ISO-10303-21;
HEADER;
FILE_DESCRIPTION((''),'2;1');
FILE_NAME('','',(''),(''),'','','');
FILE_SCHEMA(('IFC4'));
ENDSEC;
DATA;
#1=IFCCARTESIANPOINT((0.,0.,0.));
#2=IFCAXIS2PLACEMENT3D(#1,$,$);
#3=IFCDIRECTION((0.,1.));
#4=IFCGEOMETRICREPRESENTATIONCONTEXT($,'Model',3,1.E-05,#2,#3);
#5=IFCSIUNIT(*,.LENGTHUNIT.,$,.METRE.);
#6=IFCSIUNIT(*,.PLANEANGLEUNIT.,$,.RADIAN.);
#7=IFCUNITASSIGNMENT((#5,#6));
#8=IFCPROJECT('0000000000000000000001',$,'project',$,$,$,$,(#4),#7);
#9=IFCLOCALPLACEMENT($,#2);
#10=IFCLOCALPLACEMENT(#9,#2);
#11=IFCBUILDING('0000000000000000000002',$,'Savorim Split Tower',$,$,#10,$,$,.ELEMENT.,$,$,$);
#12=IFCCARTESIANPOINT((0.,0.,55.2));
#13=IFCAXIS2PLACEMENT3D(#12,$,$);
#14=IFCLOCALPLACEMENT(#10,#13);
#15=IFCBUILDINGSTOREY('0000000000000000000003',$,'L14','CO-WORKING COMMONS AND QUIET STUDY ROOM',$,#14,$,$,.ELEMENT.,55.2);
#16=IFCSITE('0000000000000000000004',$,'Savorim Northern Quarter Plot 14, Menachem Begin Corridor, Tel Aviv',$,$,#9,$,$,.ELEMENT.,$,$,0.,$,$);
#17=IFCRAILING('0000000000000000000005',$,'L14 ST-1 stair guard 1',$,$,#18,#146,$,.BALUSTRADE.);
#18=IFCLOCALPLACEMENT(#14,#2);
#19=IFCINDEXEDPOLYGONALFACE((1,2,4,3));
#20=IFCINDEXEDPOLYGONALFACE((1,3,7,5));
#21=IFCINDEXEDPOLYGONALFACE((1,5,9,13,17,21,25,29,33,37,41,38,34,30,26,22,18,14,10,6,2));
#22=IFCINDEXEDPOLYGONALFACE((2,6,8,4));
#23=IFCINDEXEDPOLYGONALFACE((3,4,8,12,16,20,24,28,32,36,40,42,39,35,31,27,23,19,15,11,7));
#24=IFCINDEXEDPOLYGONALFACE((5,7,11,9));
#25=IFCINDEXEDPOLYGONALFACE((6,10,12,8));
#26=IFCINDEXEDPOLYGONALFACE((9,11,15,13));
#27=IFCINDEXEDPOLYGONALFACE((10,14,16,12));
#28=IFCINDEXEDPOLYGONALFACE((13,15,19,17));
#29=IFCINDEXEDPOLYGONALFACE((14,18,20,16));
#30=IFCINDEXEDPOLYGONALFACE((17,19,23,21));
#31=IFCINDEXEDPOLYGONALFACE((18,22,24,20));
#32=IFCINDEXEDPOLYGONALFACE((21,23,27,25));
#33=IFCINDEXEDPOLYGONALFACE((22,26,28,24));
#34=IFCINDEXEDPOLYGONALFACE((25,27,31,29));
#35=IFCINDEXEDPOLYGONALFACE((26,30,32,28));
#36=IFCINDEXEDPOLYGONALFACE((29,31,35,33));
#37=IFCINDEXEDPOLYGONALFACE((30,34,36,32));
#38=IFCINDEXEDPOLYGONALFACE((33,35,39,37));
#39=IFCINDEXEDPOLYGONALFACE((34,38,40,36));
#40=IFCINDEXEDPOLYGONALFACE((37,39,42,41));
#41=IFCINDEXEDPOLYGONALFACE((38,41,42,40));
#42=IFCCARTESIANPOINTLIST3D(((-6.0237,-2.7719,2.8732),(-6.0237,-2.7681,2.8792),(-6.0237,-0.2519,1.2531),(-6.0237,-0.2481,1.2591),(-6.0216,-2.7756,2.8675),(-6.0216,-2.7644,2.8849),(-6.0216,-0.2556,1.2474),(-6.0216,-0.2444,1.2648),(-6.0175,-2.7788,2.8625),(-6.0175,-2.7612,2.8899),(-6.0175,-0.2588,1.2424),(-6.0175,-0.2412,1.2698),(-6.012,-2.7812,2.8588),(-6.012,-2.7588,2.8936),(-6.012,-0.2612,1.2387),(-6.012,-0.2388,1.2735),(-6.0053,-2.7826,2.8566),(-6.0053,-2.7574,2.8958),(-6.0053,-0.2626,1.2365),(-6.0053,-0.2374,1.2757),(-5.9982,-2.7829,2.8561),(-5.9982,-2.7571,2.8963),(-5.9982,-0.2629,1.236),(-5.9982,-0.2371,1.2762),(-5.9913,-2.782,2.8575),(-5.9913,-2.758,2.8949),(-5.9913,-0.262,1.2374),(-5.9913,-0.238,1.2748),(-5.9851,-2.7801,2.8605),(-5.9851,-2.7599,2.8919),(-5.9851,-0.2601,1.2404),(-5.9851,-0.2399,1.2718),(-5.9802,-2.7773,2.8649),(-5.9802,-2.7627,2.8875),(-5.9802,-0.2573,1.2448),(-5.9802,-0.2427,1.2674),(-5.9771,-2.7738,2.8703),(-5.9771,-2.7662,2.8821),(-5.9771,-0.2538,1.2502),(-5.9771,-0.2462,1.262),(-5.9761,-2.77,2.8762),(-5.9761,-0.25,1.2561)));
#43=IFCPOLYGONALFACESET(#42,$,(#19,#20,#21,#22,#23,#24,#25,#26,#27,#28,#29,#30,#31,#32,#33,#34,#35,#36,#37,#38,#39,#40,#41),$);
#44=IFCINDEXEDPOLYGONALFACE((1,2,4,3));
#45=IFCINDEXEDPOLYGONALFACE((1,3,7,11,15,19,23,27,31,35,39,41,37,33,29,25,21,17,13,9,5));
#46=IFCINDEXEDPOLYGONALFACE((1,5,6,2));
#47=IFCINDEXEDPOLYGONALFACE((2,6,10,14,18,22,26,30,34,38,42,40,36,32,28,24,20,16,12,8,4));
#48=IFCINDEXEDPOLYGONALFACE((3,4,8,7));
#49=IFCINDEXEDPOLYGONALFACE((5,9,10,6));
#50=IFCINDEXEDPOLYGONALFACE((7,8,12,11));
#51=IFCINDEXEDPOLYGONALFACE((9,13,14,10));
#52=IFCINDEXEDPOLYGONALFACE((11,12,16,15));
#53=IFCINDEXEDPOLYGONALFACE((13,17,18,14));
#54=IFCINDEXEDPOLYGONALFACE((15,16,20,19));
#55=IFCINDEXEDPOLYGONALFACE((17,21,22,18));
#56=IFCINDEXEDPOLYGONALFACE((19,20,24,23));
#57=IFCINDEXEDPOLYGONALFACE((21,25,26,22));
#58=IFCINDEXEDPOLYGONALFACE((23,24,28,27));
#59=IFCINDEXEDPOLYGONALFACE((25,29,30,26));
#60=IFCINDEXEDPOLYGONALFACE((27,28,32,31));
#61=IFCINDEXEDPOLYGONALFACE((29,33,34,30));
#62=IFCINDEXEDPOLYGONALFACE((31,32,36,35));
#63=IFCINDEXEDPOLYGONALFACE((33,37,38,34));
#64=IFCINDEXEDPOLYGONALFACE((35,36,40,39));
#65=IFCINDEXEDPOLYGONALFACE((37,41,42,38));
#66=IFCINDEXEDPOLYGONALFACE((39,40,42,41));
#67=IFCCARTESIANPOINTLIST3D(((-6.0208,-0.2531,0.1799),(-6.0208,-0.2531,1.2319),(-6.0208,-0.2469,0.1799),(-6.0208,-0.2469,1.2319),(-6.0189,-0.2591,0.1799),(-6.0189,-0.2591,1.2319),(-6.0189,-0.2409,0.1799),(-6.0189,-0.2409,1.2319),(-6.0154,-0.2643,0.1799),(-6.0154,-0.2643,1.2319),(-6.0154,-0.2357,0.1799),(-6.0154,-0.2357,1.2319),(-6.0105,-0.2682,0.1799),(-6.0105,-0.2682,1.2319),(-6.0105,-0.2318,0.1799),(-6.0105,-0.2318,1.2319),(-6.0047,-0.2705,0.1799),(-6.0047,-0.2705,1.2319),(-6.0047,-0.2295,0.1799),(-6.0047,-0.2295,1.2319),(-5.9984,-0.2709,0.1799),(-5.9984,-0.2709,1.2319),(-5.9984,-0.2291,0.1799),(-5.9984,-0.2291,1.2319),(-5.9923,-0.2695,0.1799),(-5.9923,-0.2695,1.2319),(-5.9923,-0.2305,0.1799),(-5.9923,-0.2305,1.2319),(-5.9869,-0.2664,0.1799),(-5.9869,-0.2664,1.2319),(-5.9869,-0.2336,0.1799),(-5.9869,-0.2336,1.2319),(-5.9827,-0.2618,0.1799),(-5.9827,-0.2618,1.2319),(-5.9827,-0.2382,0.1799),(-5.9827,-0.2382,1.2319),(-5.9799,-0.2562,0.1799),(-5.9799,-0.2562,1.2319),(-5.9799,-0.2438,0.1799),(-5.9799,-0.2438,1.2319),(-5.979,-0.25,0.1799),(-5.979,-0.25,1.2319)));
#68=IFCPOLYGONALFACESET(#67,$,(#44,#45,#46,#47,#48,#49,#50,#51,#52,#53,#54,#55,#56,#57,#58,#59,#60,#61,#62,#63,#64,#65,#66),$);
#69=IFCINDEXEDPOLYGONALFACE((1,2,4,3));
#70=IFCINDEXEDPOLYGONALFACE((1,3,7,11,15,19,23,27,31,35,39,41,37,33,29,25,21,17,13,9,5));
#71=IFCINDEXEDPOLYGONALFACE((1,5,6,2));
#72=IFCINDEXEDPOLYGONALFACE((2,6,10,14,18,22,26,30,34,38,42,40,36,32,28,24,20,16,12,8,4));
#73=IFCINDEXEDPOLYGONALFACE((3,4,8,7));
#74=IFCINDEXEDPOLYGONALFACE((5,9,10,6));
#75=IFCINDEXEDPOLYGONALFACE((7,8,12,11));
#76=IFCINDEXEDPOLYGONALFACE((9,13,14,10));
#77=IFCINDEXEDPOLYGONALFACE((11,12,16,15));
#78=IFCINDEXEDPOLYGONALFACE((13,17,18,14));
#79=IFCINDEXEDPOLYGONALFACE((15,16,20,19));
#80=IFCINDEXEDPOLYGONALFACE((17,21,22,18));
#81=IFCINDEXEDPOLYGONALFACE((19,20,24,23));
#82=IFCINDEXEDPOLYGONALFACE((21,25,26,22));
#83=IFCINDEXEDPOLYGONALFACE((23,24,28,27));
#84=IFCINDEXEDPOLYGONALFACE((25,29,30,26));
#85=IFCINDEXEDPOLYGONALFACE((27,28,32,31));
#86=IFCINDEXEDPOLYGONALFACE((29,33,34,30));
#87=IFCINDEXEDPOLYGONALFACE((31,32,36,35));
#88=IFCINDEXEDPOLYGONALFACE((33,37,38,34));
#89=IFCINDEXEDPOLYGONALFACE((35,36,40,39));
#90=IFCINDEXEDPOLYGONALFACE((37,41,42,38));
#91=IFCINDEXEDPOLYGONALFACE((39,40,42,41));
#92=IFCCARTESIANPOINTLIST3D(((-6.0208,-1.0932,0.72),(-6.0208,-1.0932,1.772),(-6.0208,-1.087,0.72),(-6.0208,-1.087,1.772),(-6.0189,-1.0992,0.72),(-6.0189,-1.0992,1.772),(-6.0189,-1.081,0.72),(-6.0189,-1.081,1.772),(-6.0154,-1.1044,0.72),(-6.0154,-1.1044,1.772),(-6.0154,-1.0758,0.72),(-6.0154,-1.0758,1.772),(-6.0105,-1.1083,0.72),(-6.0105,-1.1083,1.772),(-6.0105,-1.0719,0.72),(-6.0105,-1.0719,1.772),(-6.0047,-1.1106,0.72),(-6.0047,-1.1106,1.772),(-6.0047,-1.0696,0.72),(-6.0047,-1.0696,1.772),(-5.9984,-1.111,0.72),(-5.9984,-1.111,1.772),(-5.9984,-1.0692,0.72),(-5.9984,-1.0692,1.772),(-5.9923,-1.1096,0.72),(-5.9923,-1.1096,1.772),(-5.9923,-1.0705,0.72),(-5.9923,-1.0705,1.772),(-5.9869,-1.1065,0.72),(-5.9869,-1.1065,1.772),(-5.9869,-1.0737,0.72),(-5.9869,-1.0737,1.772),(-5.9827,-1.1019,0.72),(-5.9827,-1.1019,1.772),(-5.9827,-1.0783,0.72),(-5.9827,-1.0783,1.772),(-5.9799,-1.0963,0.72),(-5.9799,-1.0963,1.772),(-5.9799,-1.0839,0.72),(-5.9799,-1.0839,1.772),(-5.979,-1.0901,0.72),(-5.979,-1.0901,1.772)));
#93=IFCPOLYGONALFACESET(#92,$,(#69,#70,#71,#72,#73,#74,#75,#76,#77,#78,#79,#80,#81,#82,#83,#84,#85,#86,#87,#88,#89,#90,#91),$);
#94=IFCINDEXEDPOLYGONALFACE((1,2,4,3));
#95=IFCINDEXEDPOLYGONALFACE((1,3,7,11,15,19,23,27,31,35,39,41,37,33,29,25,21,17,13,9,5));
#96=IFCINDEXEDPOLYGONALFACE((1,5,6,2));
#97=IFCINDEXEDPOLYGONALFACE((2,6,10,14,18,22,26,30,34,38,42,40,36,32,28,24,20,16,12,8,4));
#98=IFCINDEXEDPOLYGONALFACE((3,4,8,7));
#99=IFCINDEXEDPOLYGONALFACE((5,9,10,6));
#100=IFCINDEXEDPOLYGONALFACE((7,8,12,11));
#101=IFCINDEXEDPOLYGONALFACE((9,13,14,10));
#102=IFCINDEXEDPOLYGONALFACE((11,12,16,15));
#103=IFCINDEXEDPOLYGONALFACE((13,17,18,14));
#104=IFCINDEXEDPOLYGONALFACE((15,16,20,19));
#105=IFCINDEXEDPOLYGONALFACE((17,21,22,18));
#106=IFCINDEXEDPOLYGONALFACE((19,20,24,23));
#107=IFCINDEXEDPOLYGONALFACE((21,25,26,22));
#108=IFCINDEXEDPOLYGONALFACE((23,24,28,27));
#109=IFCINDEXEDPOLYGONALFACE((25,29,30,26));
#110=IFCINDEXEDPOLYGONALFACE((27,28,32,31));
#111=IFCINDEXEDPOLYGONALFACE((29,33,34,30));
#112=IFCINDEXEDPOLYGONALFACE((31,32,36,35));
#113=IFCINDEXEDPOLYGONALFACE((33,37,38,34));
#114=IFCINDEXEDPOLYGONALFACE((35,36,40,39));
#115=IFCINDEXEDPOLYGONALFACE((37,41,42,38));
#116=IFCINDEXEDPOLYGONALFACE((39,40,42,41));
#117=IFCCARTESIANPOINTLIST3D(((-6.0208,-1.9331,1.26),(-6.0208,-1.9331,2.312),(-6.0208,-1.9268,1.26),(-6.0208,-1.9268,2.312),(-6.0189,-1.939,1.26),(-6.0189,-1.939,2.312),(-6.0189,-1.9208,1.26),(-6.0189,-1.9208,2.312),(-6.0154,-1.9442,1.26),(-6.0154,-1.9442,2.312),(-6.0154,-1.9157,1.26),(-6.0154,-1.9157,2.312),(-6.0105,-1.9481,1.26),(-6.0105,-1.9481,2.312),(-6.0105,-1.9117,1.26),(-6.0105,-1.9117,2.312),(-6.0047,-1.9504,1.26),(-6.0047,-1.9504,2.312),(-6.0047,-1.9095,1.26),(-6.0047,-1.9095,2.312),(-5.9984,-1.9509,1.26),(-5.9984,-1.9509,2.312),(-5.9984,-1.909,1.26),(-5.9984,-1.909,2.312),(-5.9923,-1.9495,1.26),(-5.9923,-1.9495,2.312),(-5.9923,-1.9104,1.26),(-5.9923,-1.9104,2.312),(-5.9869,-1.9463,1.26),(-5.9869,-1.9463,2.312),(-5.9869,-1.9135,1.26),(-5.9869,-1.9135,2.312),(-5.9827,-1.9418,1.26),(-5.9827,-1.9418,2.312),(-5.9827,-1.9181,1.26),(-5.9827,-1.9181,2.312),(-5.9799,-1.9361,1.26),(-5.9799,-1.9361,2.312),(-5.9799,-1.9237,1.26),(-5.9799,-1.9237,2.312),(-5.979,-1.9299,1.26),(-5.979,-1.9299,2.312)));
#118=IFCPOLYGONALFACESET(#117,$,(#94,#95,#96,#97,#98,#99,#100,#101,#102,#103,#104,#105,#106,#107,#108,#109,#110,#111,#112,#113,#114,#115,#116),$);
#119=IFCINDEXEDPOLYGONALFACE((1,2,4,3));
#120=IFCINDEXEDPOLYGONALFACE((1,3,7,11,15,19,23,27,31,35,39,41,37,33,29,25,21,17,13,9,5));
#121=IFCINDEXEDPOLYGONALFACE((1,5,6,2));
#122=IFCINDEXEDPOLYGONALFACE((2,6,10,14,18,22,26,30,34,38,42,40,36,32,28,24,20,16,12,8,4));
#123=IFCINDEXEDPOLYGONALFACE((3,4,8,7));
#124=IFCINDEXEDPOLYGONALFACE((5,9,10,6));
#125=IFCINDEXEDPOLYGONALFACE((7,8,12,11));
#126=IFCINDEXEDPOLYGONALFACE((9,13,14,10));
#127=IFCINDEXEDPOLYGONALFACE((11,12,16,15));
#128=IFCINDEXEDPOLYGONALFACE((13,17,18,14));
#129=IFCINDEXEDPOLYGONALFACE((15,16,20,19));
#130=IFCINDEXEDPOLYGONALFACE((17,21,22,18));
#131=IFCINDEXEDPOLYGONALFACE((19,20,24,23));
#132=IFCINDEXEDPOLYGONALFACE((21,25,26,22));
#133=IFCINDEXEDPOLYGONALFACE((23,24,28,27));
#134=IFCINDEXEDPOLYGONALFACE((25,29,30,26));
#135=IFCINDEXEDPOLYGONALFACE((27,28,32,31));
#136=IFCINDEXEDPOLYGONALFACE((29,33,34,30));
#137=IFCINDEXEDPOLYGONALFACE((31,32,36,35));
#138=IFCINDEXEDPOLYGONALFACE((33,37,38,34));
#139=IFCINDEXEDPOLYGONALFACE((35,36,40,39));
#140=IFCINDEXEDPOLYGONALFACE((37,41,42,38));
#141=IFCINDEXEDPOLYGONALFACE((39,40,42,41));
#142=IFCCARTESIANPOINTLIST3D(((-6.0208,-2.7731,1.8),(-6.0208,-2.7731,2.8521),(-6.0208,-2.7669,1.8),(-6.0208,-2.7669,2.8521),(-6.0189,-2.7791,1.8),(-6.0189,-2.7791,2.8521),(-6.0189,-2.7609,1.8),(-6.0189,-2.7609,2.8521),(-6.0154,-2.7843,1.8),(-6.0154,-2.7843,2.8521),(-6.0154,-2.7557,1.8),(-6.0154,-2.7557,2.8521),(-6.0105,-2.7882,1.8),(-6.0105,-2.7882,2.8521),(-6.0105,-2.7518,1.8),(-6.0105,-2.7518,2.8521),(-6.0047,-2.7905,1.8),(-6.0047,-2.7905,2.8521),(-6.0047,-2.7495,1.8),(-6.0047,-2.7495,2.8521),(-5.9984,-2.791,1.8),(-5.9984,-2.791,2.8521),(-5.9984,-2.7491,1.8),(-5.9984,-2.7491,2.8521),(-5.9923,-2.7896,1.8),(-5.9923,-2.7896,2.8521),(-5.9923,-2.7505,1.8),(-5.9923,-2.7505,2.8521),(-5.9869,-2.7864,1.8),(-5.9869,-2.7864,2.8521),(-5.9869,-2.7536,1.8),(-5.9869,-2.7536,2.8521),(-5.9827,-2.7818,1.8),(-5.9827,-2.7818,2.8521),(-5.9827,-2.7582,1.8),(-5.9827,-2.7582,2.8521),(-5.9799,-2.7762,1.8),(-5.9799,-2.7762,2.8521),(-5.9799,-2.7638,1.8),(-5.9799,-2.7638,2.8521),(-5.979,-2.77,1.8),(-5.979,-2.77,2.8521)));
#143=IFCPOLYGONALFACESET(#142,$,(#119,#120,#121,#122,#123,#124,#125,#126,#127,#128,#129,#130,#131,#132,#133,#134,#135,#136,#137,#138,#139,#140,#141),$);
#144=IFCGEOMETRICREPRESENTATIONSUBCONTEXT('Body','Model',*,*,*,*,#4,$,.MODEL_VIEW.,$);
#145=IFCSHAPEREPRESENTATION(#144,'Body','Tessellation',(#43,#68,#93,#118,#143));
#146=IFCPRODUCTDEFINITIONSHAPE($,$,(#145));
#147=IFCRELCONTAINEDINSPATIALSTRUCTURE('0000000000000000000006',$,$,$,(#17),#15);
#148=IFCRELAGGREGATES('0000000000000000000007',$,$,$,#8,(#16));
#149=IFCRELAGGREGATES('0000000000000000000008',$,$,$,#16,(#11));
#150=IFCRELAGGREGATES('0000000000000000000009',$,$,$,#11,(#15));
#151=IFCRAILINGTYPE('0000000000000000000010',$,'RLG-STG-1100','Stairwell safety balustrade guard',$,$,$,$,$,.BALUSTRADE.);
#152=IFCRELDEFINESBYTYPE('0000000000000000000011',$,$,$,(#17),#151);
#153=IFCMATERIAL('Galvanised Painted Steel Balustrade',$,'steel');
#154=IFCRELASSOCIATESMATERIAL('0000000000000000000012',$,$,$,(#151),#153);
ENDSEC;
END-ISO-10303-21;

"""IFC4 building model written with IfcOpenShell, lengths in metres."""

from ifc_helpers import new_model, si_unit, direction, frame, origin, origin_2d, place, context, subcontext, project, spatial, circle, extrude, material, type_object, element, save


model = new_model("IFC4")

# Units and contexts
model_context = context("Model", 3, precision=1e-05, world=origin(), true_north=direction((0.0, 1.0)))
body_context = subcontext(model_context, "Body", "Model", "MODEL_VIEW")
ifc_project = project(units=[si_unit("LENGTHUNIT", "METRE"), si_unit("PLANEANGLEUNIT", "RADIAN")], contexts=[model_context])

# Site, building, storey
site_placement = place(None, origin())
site = spatial("IfcSite", under=ifc_project, at=site_placement, Name="Savorim Northern Quarter Plot 14, Menachem Begin Corridor, Tel Aviv", CompositionType="ELEMENT", RefElevation=0.0)
building_placement = place(site_placement, origin())
building = spatial("IfcBuilding", under=site, at=building_placement, Name="Savorim Split Tower", CompositionType="ELEMENT")
storey_placement = place(building_placement, frame((0.0, 0.0, 55.2)))
storey = spatial("IfcBuildingStorey", under=building, at=storey_placement, Name="L14", Description="CO-WORKING COMMONS AND QUIET STUDY ROOM", CompositionType="ELEMENT", Elevation=55.2)

# Railing
ifc_material_1 = material(Name="Galvanised Painted Steel Balustrade", Category="steel")
railing_type_1 = type_object("IfcRailingType", Name="RLG-STG-1100", Description="Stairwell safety balustrade guard", PredefinedType="BALUSTRADE", material=ifc_material_1)
railing_1_placement = place(storey_placement, frame((-6.0, -0.25, 0.1799)))
element("IfcRailing", 1, at=railing_1_placement, inside=storey, type_object=railing_type_1, Name="L14 ST-1 stair guard 1", PredefinedType="BALUSTRADE", context=body_context, shape_type="SweptSolid", body=[
    extrude(circle(Radius=0.0239, at=origin_2d()), frame((0.0, 0.0, 1.0762), z_axis=(0.0, -0.841163, 0.540782), x_axis=(1.0, 0.0, 0.0)), (0.0, 0.0, 1.0), 2.9958),
    extrude(circle(Radius=0.021, at=origin_2d()), origin(), (0.0, 0.0, 1.0), 1.052),
    extrude(circle(Radius=0.021, at=origin_2d()), frame((0.0, -0.8401, 0.54)), (0.0, 0.0, 1.0), 1.052),
    extrude(circle(Radius=0.021, at=origin_2d()), frame((0.0, -1.6799, 1.0801)), (0.0, 0.0, 1.0), 1.052),
    extrude(circle(Radius=0.021, at=origin_2d()), frame((0.0, -2.52, 1.6201)), (0.0, 0.0, 1.0), 1.052),
])

save(model, "model.ifc")
